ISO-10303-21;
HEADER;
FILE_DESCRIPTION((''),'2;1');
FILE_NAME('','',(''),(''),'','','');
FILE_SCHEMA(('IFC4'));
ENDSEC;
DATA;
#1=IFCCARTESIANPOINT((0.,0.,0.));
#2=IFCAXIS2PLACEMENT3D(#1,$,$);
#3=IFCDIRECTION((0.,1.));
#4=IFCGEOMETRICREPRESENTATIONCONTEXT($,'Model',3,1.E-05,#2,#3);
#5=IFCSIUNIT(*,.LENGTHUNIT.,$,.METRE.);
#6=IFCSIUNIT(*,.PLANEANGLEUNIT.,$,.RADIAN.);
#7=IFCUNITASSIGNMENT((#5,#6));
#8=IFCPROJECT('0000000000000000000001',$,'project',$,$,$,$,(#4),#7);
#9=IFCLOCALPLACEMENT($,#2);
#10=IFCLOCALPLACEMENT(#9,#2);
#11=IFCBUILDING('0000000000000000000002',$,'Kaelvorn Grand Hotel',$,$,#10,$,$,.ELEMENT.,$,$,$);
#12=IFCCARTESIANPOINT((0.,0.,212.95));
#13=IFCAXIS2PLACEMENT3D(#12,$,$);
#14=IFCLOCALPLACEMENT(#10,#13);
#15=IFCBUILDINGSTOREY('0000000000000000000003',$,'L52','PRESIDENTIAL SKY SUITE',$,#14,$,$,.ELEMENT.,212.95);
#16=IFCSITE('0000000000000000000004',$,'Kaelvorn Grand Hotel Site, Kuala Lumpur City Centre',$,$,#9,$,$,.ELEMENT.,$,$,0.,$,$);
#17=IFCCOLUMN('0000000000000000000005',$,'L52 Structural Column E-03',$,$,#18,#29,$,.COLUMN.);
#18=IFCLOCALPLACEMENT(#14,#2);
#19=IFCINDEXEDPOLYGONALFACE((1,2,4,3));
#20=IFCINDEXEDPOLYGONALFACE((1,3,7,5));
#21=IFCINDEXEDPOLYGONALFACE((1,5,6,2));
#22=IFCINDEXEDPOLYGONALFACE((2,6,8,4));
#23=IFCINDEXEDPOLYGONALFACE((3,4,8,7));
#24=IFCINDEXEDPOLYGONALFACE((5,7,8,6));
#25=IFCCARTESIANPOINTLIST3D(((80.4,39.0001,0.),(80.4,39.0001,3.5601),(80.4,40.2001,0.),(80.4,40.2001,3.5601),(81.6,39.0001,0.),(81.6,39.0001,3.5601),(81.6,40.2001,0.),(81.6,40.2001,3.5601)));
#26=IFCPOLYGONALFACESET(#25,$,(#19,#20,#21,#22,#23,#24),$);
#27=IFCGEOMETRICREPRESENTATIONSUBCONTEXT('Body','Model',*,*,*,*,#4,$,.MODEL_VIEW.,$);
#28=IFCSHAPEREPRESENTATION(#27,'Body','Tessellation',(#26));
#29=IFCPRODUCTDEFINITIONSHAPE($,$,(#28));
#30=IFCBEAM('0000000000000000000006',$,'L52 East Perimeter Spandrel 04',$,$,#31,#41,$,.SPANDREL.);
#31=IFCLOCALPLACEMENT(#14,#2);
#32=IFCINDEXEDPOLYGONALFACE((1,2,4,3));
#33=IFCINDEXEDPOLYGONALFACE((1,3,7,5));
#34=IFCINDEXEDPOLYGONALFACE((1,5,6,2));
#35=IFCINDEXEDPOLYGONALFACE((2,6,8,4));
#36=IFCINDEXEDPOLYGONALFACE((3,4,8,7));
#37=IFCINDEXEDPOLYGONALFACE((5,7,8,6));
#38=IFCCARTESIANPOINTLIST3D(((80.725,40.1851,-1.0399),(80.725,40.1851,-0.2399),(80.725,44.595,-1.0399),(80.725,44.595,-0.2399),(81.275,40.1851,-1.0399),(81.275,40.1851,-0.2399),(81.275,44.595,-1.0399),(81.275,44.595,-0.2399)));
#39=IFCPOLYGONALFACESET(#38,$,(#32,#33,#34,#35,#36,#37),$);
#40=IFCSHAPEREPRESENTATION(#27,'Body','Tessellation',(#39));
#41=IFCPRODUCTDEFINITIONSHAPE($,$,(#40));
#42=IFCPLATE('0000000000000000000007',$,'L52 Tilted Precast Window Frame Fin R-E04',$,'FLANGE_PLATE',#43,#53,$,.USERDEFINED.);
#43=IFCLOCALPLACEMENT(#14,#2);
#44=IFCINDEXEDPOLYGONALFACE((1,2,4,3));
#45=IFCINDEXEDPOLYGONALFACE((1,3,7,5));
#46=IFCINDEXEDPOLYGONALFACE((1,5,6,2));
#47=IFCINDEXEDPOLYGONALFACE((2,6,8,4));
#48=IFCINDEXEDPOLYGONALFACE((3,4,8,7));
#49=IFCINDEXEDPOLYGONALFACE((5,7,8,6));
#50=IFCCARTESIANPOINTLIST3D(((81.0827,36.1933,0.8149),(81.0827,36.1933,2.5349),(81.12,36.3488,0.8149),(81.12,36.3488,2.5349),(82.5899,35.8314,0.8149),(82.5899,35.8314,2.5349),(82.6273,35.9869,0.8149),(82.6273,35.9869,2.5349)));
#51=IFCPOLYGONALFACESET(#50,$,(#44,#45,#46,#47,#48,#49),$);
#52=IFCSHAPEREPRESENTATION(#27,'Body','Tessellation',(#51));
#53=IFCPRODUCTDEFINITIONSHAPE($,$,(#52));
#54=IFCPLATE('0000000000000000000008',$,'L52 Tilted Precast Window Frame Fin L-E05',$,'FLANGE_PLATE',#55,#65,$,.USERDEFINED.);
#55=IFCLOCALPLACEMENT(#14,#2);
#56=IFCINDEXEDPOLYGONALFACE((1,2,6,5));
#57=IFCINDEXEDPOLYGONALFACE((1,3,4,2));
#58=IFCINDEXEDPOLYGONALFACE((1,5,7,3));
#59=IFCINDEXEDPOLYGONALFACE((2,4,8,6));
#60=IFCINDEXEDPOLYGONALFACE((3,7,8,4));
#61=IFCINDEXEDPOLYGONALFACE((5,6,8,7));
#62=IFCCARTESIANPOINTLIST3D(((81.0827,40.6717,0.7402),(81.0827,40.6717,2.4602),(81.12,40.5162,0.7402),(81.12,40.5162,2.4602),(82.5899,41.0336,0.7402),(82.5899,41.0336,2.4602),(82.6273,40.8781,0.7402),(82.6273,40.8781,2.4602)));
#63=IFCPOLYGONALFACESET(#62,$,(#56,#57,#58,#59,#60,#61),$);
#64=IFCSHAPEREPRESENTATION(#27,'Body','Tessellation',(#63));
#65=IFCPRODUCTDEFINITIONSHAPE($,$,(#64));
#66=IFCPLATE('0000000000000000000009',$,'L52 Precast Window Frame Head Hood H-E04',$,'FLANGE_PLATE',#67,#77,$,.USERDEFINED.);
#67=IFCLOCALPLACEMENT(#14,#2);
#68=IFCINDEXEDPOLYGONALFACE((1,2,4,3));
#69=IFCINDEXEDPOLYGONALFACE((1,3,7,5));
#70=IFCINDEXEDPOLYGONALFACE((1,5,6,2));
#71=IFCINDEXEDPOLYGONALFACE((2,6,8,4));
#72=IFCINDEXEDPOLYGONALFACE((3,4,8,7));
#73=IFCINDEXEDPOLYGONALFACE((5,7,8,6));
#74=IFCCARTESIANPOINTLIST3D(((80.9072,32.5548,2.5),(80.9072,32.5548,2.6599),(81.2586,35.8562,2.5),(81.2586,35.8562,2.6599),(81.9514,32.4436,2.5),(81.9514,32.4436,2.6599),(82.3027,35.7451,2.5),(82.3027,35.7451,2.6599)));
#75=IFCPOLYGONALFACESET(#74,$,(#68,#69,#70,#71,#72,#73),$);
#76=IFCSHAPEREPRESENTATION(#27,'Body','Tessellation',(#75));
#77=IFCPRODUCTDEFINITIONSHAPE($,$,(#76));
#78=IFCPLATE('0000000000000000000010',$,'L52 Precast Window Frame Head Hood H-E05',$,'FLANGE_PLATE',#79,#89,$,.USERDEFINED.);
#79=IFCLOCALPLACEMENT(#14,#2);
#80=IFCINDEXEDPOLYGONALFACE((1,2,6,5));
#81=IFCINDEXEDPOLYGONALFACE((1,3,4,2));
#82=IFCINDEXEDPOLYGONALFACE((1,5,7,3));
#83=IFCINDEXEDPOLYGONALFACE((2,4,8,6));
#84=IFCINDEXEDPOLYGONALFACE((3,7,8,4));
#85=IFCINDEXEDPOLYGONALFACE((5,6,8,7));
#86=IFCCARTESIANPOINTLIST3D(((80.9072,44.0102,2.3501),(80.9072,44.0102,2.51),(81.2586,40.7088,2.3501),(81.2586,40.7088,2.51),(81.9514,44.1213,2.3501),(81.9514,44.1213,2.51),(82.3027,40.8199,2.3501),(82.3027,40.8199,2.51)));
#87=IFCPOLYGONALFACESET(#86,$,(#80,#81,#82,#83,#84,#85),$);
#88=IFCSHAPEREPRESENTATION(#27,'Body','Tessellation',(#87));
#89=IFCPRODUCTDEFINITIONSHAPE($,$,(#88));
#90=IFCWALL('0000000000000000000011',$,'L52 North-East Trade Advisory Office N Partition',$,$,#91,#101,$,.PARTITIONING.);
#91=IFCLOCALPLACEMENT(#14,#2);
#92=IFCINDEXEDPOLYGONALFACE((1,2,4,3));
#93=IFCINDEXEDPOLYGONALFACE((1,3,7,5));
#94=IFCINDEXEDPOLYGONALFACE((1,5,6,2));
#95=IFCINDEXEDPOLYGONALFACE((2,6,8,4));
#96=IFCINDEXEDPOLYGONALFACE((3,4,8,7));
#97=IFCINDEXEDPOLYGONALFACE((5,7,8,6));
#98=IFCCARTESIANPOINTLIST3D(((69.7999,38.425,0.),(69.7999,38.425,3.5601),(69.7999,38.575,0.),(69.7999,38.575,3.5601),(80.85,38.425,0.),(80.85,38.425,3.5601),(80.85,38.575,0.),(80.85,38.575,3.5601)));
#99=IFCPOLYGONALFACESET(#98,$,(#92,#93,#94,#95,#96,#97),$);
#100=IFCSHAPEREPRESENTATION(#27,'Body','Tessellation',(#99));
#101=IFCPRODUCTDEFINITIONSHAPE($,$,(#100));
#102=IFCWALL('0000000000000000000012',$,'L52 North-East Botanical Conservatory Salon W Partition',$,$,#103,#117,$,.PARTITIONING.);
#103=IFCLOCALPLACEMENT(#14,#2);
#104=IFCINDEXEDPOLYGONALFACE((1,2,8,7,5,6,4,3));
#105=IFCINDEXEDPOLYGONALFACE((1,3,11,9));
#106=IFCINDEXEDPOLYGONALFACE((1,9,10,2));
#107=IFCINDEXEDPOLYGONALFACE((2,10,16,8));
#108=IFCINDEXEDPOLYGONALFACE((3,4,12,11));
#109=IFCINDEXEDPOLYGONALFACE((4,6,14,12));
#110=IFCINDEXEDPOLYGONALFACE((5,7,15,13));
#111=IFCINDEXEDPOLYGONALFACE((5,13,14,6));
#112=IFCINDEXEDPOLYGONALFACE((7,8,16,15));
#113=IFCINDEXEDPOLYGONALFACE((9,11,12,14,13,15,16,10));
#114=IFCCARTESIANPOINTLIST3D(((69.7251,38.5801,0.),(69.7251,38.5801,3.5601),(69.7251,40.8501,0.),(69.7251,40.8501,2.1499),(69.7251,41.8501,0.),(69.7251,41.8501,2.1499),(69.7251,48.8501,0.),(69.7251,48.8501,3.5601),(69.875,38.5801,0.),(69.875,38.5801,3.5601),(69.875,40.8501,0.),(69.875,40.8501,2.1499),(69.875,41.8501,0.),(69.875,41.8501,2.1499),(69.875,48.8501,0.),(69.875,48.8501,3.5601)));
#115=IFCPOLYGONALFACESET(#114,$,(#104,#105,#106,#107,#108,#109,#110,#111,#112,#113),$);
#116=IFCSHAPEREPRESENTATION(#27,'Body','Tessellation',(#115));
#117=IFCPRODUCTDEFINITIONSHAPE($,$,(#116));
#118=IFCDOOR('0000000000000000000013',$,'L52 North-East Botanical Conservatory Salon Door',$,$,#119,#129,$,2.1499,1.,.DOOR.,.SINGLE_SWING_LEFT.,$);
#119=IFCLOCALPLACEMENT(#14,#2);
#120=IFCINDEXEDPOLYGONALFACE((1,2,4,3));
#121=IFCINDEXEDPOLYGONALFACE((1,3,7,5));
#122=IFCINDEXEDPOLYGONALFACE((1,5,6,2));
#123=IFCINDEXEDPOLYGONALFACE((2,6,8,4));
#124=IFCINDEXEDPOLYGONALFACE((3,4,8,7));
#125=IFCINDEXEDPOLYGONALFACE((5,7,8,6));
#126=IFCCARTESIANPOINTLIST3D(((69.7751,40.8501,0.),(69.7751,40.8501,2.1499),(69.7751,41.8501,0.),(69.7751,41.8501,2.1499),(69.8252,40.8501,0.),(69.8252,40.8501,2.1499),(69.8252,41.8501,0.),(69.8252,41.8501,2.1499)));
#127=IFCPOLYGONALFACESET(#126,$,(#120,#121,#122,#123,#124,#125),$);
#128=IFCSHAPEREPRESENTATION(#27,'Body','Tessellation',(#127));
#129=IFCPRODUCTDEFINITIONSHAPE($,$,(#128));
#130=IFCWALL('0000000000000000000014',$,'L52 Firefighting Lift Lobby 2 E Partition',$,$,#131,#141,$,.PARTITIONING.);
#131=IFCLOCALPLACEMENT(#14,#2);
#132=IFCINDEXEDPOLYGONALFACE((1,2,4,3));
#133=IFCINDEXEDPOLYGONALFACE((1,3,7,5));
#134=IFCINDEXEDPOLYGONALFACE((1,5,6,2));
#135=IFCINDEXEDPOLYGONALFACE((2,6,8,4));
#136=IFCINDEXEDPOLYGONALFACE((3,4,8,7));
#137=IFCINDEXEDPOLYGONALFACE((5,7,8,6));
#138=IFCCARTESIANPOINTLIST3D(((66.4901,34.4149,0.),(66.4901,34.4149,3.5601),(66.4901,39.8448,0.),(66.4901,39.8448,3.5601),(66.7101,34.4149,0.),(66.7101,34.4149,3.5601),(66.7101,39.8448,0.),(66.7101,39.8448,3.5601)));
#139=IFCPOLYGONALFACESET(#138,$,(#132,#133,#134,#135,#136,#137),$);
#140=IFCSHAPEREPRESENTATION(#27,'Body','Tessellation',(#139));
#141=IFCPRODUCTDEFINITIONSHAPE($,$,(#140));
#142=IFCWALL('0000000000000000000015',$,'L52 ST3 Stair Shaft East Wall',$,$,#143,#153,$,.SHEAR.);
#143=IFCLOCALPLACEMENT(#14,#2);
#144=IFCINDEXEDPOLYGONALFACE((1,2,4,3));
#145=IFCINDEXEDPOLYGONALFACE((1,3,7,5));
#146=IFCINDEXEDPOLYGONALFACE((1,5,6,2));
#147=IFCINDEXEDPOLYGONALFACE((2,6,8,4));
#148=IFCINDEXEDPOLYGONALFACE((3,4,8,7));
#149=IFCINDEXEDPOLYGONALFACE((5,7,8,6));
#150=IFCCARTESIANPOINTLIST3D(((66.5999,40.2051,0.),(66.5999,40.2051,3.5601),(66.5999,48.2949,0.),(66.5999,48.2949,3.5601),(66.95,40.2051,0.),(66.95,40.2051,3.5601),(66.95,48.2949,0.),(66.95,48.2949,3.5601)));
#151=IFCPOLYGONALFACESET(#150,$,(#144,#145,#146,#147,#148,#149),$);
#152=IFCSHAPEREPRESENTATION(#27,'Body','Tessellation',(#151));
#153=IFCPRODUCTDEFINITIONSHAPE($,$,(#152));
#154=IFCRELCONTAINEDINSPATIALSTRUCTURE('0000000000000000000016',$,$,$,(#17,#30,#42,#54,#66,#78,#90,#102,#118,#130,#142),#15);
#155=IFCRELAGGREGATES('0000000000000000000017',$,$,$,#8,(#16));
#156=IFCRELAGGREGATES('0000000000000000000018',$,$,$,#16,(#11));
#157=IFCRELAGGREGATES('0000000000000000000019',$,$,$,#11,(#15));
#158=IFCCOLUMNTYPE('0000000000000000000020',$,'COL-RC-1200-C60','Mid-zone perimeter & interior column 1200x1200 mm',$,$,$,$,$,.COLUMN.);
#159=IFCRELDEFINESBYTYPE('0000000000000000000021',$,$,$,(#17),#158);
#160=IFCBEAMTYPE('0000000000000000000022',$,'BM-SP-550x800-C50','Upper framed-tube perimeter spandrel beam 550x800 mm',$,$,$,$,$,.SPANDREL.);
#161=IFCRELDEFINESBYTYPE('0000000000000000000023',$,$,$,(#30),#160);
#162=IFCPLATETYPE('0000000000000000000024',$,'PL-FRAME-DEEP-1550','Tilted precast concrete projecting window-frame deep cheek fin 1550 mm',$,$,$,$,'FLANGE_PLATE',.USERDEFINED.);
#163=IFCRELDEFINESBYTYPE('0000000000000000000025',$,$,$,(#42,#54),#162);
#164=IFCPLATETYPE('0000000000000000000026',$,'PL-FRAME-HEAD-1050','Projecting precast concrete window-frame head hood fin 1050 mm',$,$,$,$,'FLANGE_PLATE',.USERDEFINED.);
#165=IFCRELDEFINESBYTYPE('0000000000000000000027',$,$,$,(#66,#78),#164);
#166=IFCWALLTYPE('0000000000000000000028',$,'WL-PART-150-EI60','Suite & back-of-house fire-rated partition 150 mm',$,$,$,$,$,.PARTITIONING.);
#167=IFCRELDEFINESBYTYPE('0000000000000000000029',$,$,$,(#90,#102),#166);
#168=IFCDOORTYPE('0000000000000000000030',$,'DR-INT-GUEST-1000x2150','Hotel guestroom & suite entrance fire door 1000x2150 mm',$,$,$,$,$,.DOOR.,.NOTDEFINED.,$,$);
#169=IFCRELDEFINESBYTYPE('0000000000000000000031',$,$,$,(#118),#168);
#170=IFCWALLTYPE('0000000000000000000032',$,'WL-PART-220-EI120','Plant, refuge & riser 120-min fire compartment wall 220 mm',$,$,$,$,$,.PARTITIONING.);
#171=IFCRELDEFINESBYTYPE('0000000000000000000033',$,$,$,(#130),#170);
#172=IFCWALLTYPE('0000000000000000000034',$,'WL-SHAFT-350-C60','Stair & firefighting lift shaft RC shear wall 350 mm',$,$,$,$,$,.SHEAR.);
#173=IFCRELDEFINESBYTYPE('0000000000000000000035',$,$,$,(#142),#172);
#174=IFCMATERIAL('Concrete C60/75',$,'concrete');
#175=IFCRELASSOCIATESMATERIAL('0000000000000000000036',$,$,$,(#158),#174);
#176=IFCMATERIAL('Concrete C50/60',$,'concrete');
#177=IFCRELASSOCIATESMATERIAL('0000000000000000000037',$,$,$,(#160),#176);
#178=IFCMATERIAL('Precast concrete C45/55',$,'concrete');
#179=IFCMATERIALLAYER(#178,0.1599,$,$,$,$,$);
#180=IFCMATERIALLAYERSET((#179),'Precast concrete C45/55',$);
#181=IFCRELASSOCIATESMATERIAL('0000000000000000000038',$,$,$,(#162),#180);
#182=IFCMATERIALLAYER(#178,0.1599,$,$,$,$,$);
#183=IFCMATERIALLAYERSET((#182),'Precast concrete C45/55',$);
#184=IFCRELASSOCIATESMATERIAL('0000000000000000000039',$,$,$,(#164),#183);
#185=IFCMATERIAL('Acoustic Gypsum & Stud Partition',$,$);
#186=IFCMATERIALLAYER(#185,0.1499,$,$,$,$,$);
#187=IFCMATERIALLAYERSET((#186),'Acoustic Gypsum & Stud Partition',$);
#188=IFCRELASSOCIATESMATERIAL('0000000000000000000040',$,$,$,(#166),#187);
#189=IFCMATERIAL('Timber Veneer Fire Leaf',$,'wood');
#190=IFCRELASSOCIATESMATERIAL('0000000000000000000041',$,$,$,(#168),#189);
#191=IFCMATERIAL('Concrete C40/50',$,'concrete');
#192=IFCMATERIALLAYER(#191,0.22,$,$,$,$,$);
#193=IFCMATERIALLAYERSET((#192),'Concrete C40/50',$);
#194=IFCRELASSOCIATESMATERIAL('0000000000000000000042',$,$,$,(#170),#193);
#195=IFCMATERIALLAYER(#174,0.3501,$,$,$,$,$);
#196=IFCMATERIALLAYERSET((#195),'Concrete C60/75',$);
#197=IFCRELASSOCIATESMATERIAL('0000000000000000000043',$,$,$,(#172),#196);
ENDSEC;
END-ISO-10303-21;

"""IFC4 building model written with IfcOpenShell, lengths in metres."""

from ifc_helpers import new_model, si_unit, direction, frame, frame_2d, origin, origin_2d, place, context, subcontext, project, spatial, rectangle, extrude, material, layer, layer_set, material_profile, profile_set, type_object, element, fill, save


model = new_model("IFC4")

# Units and contexts
model_context = context("Model", 3, precision=1e-05, world=origin(), true_north=direction((0.0, 1.0)))
body_context = subcontext(model_context, "Body", "Model", "MODEL_VIEW")
ifc_project = project(units=[si_unit("LENGTHUNIT", "METRE"), si_unit("PLANEANGLEUNIT", "RADIAN")], contexts=[model_context])

# Site, building, storey
site_placement = place(None, origin())
site = spatial("IfcSite", under=ifc_project, at=site_placement, Name="Kaelvorn Grand Hotel Site, Kuala Lumpur City Centre", CompositionType="ELEMENT", RefElevation=0.0)
building_placement = place(site_placement, origin())
building = spatial("IfcBuilding", under=site, at=building_placement, Name="Kaelvorn Grand Hotel", CompositionType="ELEMENT")
storey_placement = place(building_placement, frame((0.0, 0.0, 212.95)))
storey = spatial("IfcBuildingStorey", under=building, at=storey_placement, Name="L52", Description="PRESIDENTIAL SKY SUITE", CompositionType="ELEMENT", Elevation=212.95)

# Column
ifc_material_1 = material(Name="Concrete C60/75", Category="concrete")
ifc_material_profile_1 = material_profile(ifc_material_1, rectangle(XDim=1.2, YDim=1.2, at=origin_2d()), Name="RC COL 1200x1200")
ifc_profile_set_1 = profile_set([ifc_material_profile_1], Name="Concrete C60/75")
column_type = type_object("IfcColumnType", Name="COL-RC-1200-C60", Description="Mid-zone perimeter & interior column 1200x1200 mm", PredefinedType="COLUMN", material=ifc_profile_set_1)
column_placement = place(storey_placement, frame((81.0, 39.6001, 0.0), z_axis=(0.0, 0.0, 1.0), x_axis=(1.0, 0.0, 0.0)))
element("IfcColumn", 1, at=column_placement, inside=storey, type_object=column_type, Name="L52 Structural Column E-03", PredefinedType="COLUMN", context=body_context, shape_type="SweptSolid", body=[
    extrude(rectangle(XDim=1.2, YDim=1.2, at=origin_2d()), origin(), (0.0, 0.0, 1.0), 3.5601),
])

# Beam
ifc_material_2 = material(Name="Concrete C50/60", Category="concrete")
ifc_material_profile_2 = material_profile(ifc_material_2, rectangle(XDim=0.55, YDim=0.8, at=origin_2d()), Name="RC SPANDREL 550x800")
ifc_profile_set_2 = profile_set([ifc_material_profile_2], Name="Concrete C50/60")
beam_type = type_object("IfcBeamType", Name="BM-SP-550x800-C50", Description="Upper framed-tube perimeter spandrel beam 550x800 mm", PredefinedType="SPANDREL", material=ifc_profile_set_2)
beam_placement = place(storey_placement, frame((81.0, 40.1851, -0.6399), z_axis=(0.0, 1.0, 0.0), x_axis=(-1.0, 0.0, 0.0)))
element("IfcBeam", 2, at=beam_placement, inside=storey, type_object=beam_type, Name="L52 East Perimeter Spandrel 04", PredefinedType="SPANDREL", context=body_context, shape_type="SweptSolid", body=[
    extrude(rectangle(XDim=0.55, YDim=0.8, at=origin_2d()), origin(), (0.0, 0.0, 1.0), 4.4099),
])

# Plates
ifc_material_3 = material(Name="Precast concrete C45/55", Category="concrete")
ifc_layer_1 = layer(ifc_material_3, 0.1599)
ifc_layer_set_1 = layer_set([ifc_layer_1], Name="Precast concrete C45/55")
plate_type_1 = type_object("IfcPlateType", Name="PL-FRAME-DEEP-1550", Description="Tilted precast concrete projecting window-frame deep cheek fin 1550 mm", ElementType="FLANGE_PLATE", PredefinedType="USERDEFINED", material=ifc_layer_set_1)
for number, where, z_axis, x_axis, name in (
    (3, (81.855, 36.0901, 0.8149), (0.0, 0.0, 1.0), (0.233445, 0.97237, 0.0), "L52 Tilted Precast Window Frame Fin R-E04"),
    (4, (81.855, 40.7749, 0.7402), (0.0, 0.0, 1.0), (-0.233445, 0.97237, 0.0), "L52 Tilted Precast Window Frame Fin L-E05"),
):
    element("IfcPlate", number, at=place(storey_placement, frame(where, z_axis=z_axis, x_axis=x_axis)), inside=storey, type_object=plate_type_1, Name=name, ObjectType="FLANGE_PLATE", PredefinedType="USERDEFINED", context=body_context, shape_type="SweptSolid", body=[
        extrude(rectangle(XDim=0.1599, YDim=1.55, at=origin_2d()), origin(), (0.0, 0.0, 1.0), 1.72),
    ])
ifc_layer_2 = layer(ifc_material_3, 0.1599)
ifc_layer_set_2 = layer_set([ifc_layer_2], Name="Precast concrete C45/55")
plate_type_2 = type_object("IfcPlateType", Name="PL-FRAME-HEAD-1050", Description="Projecting precast concrete window-frame head hood fin 1050 mm", ElementType="FLANGE_PLATE", PredefinedType="USERDEFINED", material=ifc_layer_set_2)
for number, where, z_axis, x_axis, name in (
    (5, (81.605, 34.1499, 2.5), (0.0, 0.0, 1.0), (0.10583, 0.994384, 0.0), "L52 Precast Window Frame Head Hood H-E04"),
    (6, (81.605, 42.415, 2.3501), (0.0, 0.0, 1.0), (-0.10583, 0.994384, 0.0), "L52 Precast Window Frame Head Hood H-E05"),
):
    element("IfcPlate", number, at=place(storey_placement, frame(where, z_axis=z_axis, x_axis=x_axis)), inside=storey, type_object=plate_type_2, Name=name, ObjectType="FLANGE_PLATE", PredefinedType="USERDEFINED", context=body_context, shape_type="SweptSolid", body=[
        extrude(rectangle(XDim=3.3201, YDim=1.05, at=origin_2d()), origin(), (0.0, 0.0, 1.0), 0.1599),
    ])

# Wall
ifc_material_4 = material(Name="Acoustic Gypsum & Stud Partition")
ifc_layer_3 = layer(ifc_material_4, 0.1499)
ifc_layer_set_3 = layer_set([ifc_layer_3], Name="Acoustic Gypsum & Stud Partition")
wall_type_1 = type_object("IfcWallType", Name="WL-PART-150-EI60", Description="Suite & back-of-house fire-rated partition 150 mm", PredefinedType="PARTITIONING", material=ifc_layer_set_3)
wall_1_placement = place(storey_placement, frame((69.8, 38.5, 0.0), z_axis=(0.0, 0.0, 1.0), x_axis=(1.0, 0.0, 0.0)))
element("IfcWall", 7, at=wall_1_placement, inside=storey, type_object=wall_type_1, Name="L52 North-East Trade Advisory Office N Partition", PredefinedType="PARTITIONING", context=body_context, shape_type="SweptSolid", body=[
    extrude(rectangle(XDim=11.05, YDim=0.1499, at=frame_2d((5.5249, 0.0))), origin(), (0.0, 0.0, 1.0), 3.5601),
])

# Wall, opening, door
wall_2_placement = place(storey_placement, frame((69.8, 38.5801, 0.0), z_axis=(0.0, 0.0, 1.0), x_axis=(0.0, 1.0, 0.0)))
wall_2 = element("IfcWall", 8, at=wall_2_placement, inside=storey, type_object=wall_type_1, Name="L52 North-East Botanical Conservatory Salon W Partition", PredefinedType="PARTITIONING", context=body_context, shape_type="SweptSolid", body=[
    extrude(rectangle(XDim=10.27, YDim=0.1499, at=frame_2d((5.135, 0.0))), origin(), (0.0, 0.0, 1.0), 3.5601),
])
opening_placement = place(wall_2_placement, frame((2.27, 0.0, 0.0)))
opening = element("IfcOpeningElement", 9, at=opening_placement, cuts=wall_2, PredefinedType="OPENING", context=body_context, shape_type="SweptSolid", body=[
    extrude(rectangle(XDim=1.0, YDim=2.1499, at=frame_2d((0.5, 1.075))), frame((0.0, 0.085, 0.0), z_axis=(0.0, -1.0, 0.0), x_axis=(1.0, 0.0, 0.0)), (0.0, 0.0, 1.0), 0.1699),
])
ifc_material_5 = material(Name="Timber Veneer Fire Leaf", Category="wood")
door_type = type_object("IfcDoorType", Name="DR-INT-GUEST-1000x2150", Description="Hotel guestroom & suite entrance fire door 1000x2150 mm", OperationType="NOTDEFINED", PredefinedType="DOOR", material=ifc_material_5)
door_placement = place(opening_placement, origin())
door = element("IfcDoor", 10, at=door_placement, inside=storey, type_object=door_type, Name="L52 North-East Botanical Conservatory Salon Door", OperationType="SINGLE_SWING_LEFT", OverallHeight=2.1499, OverallWidth=1.0, PredefinedType="DOOR", context=body_context, shape_type="SweptSolid", body=[
    extrude(rectangle(XDim=1.0, YDim=2.1499, at=frame_2d((0.5, 1.075))), frame((0.0, 0.0249, 0.0), z_axis=(0.0, -1.0, 0.0), x_axis=(1.0, 0.0, 0.0)), (0.0, 0.0, 1.0), 0.05),
])
fill(opening, door)

# Walls
ifc_material_6 = material(Name="Concrete C40/50", Category="concrete")
ifc_layer_4 = layer(ifc_material_6, 0.22)
ifc_layer_set_4 = layer_set([ifc_layer_4], Name="Concrete C40/50")
wall_type_2 = type_object("IfcWallType", Name="WL-PART-220-EI120", Description="Plant, refuge & riser 120-min fire compartment wall 220 mm", PredefinedType="PARTITIONING", material=ifc_layer_set_4)
wall_3_placement = place(storey_placement, frame((66.6001, 34.415, 0.0), z_axis=(0.0, 0.0, 1.0), x_axis=(0.0, 1.0, 0.0)))
element("IfcWall", 11, at=wall_3_placement, inside=storey, type_object=wall_type_2, Name="L52 Firefighting Lift Lobby 2 E Partition", PredefinedType="PARTITIONING", context=body_context, shape_type="SweptSolid", body=[
    extrude(rectangle(XDim=5.4299, YDim=0.22, at=frame_2d((2.7148, 0.0))), origin(), (0.0, 0.0, 1.0), 3.5601),
])
ifc_layer_5 = layer(ifc_material_1, 0.3501)
ifc_layer_set_5 = layer_set([ifc_layer_5], Name="Concrete C60/75")
wall_type_3 = type_object("IfcWallType", Name="WL-SHAFT-350-C60", Description="Stair & firefighting lift shaft RC shear wall 350 mm", PredefinedType="SHEAR", material=ifc_layer_set_5)
wall_4_placement = place(storey_placement, frame((66.7749, 40.2051, 0.0), z_axis=(0.0, 0.0, 1.0), x_axis=(0.0, 1.0, 0.0)))
element("IfcWall", 12, at=wall_4_placement, inside=storey, type_object=wall_type_3, Name="L52 ST3 Stair Shaft East Wall", PredefinedType="SHEAR", context=body_context, shape_type="SweptSolid", body=[
    extrude(rectangle(XDim=8.0898, YDim=0.3501, at=frame_2d((4.0449, 0.0))), origin(), (0.0, 0.0, 1.0), 3.5601),
])

save(model, "model.ifc")
